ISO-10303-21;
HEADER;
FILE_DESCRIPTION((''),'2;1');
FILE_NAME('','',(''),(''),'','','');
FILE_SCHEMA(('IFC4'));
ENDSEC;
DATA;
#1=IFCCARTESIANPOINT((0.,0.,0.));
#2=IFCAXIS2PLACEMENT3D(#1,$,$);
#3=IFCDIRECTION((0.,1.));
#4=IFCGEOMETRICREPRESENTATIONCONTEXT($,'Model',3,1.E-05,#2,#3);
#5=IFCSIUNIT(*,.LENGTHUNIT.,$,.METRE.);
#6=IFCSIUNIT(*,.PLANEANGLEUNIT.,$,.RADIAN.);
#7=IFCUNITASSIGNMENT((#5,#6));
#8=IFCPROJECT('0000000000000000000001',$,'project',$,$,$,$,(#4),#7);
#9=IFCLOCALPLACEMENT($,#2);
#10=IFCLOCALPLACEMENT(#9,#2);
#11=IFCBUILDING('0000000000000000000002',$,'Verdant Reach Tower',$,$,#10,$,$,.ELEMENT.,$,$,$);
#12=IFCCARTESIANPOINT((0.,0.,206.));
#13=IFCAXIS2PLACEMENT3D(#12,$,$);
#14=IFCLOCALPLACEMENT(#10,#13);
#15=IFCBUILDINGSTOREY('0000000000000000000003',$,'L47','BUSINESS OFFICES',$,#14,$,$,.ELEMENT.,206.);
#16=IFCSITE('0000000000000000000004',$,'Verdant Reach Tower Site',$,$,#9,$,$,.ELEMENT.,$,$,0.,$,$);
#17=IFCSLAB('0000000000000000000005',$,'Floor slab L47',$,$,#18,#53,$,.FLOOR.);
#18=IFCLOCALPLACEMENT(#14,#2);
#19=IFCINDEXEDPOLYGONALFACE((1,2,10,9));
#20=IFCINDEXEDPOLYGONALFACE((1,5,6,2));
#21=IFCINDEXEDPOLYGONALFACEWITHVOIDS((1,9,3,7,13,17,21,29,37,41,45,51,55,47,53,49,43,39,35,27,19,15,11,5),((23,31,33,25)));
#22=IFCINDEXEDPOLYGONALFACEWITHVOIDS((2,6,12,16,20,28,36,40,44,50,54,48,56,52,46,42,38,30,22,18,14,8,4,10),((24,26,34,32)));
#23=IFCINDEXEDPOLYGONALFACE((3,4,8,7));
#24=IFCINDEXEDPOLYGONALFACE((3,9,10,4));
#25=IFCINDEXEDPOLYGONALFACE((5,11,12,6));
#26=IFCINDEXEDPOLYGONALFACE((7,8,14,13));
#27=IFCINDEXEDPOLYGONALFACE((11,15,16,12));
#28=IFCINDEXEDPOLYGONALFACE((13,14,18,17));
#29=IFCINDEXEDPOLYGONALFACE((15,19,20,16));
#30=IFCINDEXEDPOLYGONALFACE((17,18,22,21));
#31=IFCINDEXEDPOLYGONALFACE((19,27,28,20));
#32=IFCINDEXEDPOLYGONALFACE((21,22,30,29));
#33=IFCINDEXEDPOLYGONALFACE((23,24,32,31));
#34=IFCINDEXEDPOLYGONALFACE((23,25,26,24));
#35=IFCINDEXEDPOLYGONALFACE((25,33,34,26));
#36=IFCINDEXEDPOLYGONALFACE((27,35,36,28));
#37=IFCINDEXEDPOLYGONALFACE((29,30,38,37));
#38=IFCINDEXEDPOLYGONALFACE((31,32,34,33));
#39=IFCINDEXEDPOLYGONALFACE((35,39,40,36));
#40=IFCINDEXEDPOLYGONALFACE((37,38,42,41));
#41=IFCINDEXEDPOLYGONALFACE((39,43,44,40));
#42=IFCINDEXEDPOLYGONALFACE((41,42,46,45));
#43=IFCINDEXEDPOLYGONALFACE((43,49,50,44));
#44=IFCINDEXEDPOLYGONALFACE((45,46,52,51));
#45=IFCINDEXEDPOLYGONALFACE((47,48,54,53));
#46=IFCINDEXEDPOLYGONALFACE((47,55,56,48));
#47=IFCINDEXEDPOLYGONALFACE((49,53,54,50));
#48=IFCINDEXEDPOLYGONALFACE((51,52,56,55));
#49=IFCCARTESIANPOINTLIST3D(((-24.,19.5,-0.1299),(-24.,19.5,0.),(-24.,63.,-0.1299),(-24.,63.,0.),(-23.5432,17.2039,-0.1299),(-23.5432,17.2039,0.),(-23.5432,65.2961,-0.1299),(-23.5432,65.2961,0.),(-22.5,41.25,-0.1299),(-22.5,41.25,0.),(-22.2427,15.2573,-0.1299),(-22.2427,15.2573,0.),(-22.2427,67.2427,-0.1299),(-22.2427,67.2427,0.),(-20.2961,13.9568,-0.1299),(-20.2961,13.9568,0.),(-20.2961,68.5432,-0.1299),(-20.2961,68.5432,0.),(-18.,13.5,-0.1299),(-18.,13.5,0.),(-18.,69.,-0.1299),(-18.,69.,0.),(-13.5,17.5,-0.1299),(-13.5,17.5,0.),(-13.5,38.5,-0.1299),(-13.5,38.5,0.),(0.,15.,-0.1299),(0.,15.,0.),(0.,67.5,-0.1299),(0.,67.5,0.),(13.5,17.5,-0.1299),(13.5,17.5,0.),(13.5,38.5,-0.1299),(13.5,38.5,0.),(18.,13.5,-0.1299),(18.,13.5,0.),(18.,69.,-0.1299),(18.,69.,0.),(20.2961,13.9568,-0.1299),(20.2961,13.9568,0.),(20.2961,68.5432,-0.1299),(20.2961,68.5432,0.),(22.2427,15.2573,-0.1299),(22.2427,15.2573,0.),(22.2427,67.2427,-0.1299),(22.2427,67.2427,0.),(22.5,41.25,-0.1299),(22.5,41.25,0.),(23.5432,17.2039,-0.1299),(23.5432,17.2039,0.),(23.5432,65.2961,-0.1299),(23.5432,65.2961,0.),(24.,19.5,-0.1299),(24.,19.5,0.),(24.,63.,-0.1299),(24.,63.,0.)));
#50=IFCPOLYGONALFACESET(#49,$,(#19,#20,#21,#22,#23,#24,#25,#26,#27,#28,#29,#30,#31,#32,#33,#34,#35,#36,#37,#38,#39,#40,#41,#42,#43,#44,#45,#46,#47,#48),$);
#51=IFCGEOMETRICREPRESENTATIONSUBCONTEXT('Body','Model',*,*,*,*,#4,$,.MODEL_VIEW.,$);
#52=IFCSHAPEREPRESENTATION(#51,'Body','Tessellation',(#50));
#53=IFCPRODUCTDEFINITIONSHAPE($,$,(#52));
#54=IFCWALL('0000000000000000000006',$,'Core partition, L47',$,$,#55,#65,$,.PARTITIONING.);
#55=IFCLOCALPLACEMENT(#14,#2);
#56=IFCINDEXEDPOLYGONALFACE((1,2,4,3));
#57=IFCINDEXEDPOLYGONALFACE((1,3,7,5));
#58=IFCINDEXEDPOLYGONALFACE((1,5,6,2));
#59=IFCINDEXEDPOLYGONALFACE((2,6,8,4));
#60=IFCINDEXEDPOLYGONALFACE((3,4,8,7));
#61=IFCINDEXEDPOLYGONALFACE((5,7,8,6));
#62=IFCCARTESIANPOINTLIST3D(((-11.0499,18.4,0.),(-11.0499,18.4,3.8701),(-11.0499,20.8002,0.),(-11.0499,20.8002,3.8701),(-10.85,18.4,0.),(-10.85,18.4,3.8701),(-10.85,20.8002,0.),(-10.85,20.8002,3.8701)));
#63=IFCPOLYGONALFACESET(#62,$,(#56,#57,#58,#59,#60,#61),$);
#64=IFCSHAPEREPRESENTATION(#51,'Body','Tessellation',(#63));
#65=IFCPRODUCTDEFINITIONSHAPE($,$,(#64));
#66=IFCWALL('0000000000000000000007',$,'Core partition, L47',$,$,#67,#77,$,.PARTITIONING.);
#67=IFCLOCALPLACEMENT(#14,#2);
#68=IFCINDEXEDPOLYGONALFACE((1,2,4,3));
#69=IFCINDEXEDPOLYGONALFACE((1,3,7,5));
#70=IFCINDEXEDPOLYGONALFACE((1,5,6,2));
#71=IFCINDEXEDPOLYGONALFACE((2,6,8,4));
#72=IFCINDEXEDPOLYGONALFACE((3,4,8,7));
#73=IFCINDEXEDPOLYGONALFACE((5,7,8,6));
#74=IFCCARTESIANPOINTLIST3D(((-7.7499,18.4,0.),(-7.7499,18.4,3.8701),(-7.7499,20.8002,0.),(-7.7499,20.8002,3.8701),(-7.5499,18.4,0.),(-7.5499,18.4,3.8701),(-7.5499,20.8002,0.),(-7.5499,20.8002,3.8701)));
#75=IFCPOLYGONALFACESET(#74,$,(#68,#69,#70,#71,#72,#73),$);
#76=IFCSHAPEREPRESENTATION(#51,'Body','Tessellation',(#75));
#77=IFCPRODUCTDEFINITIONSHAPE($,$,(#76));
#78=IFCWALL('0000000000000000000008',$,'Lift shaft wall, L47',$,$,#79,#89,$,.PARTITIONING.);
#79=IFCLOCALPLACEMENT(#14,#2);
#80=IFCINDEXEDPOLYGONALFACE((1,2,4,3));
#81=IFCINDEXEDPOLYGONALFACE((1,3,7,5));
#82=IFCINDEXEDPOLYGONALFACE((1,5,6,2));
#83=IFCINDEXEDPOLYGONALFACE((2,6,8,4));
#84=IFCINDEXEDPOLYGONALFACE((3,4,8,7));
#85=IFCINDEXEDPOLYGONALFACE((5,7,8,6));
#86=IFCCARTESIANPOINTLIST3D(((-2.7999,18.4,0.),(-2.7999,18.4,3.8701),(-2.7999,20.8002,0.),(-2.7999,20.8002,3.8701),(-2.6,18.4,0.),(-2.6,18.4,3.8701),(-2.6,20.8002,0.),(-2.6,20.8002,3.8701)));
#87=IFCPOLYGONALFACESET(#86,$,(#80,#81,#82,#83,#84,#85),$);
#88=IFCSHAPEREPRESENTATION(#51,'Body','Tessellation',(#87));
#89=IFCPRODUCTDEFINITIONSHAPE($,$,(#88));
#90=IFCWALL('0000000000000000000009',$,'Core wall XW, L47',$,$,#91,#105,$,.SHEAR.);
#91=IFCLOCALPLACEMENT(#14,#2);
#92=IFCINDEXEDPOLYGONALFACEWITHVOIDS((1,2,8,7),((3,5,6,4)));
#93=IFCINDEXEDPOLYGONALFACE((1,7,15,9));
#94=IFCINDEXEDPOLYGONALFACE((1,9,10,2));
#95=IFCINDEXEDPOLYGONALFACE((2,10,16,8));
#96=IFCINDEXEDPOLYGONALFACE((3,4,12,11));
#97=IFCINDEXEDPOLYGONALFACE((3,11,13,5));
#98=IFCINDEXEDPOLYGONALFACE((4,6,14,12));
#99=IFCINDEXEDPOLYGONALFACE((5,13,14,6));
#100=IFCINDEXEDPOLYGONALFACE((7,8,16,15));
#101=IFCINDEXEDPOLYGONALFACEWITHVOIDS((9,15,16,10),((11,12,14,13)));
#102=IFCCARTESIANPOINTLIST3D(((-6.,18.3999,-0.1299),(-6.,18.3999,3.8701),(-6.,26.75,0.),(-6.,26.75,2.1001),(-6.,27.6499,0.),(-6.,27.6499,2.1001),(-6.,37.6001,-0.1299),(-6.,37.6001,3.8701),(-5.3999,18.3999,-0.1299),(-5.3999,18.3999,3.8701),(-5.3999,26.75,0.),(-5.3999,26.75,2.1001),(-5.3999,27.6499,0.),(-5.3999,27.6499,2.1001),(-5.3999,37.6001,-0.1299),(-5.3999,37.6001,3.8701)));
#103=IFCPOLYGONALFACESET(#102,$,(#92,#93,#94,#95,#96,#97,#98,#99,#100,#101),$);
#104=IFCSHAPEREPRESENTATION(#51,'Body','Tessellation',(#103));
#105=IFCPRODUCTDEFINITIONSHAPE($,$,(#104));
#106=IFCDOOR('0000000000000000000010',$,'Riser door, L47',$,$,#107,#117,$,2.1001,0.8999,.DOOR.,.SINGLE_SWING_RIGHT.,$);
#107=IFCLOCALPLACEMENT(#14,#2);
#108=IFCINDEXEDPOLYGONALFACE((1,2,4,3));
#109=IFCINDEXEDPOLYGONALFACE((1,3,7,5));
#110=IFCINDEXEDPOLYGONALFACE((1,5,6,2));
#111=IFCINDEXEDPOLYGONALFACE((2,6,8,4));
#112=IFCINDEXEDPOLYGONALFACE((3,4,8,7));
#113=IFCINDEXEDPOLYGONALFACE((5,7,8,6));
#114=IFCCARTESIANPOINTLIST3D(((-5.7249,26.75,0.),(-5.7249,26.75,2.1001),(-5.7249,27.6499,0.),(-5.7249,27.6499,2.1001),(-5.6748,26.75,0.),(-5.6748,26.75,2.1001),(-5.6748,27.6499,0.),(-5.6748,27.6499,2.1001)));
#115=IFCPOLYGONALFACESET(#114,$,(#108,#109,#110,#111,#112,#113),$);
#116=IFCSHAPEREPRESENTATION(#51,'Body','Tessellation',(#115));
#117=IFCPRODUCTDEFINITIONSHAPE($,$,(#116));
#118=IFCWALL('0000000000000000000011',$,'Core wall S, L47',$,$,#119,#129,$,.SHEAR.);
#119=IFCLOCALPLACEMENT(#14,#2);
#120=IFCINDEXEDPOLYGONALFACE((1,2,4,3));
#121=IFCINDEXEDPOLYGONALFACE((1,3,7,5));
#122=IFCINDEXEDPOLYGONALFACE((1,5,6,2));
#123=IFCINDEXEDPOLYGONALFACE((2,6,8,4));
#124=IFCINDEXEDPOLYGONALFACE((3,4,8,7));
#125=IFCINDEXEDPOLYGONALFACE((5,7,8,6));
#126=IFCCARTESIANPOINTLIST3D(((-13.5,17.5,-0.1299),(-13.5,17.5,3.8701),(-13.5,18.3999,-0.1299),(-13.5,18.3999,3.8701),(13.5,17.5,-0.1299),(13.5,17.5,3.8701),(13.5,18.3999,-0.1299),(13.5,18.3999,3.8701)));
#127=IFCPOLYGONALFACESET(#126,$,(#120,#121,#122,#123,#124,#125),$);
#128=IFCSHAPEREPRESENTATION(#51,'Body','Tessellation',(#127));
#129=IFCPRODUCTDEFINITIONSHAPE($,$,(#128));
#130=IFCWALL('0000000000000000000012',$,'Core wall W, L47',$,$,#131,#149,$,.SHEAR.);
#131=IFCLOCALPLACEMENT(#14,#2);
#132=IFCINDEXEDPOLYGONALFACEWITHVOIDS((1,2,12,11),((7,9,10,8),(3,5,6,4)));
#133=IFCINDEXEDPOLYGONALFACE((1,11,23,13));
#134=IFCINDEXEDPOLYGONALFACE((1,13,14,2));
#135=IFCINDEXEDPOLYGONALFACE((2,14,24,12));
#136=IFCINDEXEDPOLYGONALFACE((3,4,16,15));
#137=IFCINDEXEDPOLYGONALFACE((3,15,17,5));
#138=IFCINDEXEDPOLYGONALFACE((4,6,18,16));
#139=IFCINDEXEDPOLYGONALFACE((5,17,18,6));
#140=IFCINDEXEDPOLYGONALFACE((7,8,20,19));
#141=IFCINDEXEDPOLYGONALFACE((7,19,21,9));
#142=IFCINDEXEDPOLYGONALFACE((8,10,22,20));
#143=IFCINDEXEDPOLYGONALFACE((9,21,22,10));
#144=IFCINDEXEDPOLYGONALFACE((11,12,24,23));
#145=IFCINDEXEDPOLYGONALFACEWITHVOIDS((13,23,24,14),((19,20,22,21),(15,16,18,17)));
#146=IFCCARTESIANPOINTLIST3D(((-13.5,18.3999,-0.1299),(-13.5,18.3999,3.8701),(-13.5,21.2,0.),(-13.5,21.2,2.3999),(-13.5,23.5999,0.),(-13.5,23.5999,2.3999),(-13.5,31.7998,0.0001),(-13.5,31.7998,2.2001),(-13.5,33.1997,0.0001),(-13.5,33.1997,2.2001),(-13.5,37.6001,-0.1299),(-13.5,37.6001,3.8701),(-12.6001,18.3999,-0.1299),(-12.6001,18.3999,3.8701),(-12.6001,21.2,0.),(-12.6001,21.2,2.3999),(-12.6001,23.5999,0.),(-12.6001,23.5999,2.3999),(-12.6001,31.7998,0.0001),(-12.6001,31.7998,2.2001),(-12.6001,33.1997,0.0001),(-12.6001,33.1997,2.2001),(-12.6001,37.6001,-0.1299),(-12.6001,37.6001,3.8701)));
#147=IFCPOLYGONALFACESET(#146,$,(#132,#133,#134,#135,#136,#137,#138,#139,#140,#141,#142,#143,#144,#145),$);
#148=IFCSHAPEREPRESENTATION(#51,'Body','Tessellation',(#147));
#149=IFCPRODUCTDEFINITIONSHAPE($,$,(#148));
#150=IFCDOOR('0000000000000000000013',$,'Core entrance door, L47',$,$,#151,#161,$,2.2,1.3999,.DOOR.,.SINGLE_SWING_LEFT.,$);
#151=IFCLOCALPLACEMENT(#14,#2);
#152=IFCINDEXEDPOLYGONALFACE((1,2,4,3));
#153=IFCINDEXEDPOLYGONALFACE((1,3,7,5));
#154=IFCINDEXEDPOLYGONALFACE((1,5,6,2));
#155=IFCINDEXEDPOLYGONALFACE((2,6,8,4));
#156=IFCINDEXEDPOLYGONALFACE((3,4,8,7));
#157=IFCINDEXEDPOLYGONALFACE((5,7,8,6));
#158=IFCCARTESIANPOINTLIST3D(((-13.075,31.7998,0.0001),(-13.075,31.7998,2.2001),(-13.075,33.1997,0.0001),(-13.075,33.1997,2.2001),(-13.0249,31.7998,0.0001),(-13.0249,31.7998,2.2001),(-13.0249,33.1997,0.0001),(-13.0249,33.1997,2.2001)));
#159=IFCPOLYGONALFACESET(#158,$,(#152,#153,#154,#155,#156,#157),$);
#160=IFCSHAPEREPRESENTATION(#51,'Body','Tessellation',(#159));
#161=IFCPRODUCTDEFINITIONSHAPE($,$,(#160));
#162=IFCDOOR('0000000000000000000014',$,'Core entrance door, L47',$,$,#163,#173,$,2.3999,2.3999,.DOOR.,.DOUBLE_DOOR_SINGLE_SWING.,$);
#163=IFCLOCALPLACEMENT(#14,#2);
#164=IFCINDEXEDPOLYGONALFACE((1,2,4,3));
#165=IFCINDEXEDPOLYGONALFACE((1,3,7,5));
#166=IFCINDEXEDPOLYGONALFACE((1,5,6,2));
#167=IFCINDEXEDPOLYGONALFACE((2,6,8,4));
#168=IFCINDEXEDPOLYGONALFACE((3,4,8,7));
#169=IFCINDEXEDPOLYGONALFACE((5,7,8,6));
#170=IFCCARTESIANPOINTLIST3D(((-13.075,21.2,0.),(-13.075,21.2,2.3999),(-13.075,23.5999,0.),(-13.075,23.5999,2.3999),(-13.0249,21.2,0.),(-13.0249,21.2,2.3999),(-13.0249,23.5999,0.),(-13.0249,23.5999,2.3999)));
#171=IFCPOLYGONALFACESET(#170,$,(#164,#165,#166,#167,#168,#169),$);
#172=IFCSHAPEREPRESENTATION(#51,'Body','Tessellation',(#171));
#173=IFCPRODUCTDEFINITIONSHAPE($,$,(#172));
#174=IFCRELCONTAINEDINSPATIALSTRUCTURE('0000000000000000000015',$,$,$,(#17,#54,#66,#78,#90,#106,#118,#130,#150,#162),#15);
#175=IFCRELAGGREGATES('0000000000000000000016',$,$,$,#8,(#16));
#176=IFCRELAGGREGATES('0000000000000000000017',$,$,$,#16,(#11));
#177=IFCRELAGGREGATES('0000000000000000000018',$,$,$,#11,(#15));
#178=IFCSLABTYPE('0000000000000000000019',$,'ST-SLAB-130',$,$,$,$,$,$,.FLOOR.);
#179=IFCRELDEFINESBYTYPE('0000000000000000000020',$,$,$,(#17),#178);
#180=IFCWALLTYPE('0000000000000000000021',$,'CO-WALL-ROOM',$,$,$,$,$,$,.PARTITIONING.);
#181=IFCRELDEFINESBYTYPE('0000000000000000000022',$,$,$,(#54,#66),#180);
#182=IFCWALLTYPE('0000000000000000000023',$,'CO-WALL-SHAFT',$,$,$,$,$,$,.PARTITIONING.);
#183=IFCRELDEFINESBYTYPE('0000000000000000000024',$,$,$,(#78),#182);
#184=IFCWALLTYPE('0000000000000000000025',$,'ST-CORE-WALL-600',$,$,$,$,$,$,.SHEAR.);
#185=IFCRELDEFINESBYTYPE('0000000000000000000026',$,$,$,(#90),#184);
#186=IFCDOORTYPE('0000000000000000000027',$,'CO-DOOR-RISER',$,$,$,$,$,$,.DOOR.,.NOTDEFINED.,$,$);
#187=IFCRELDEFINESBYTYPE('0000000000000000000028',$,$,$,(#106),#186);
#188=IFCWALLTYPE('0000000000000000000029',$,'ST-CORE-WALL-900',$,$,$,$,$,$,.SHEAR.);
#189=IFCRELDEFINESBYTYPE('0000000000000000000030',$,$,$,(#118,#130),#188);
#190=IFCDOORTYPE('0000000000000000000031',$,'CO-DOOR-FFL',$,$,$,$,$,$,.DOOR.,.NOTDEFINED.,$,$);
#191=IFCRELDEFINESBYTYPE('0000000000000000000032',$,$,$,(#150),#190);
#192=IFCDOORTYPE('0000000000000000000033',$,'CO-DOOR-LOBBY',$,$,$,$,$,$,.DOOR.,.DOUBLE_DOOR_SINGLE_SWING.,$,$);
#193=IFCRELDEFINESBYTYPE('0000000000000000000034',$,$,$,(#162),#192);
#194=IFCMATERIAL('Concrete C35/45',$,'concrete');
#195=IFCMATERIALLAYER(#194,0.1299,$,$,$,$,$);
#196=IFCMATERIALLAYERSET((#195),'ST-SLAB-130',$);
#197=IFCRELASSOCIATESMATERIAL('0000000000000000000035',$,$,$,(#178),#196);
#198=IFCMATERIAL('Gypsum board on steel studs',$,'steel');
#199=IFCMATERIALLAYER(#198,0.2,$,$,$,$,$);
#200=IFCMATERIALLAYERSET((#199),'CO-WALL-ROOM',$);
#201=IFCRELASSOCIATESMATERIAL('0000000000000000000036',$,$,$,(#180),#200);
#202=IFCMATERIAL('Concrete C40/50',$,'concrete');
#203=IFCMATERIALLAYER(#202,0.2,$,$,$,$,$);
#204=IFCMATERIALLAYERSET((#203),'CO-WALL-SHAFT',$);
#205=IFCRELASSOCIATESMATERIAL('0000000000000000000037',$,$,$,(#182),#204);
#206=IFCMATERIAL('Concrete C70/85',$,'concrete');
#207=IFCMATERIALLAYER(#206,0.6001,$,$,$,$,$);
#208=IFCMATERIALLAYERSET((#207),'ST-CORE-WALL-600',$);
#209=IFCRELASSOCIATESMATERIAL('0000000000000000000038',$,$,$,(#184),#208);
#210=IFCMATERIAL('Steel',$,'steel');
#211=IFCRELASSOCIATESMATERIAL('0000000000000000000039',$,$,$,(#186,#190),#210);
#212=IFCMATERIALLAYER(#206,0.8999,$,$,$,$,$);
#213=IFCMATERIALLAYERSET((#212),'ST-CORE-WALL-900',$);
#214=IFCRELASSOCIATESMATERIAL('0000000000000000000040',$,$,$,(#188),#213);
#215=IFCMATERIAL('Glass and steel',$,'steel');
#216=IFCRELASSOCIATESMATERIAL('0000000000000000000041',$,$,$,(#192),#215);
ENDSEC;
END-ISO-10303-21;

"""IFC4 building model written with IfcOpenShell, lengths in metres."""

from ifc_helpers import new_model, si_unit, direction, frame, frame_2d, origin, place, context, subcontext, project, spatial, polyline, rectangle, outline, extrude, material, layer, layer_set, type_object, element, fill, save


model = new_model("IFC4")

# Units and contexts
model_context = context("Model", 3, precision=1e-05, world=origin(), true_north=direction((0.0, 1.0)))
body_context = subcontext(model_context, "Body", "Model", "MODEL_VIEW")
ifc_project = project(units=[si_unit("LENGTHUNIT", "METRE"), si_unit("PLANEANGLEUNIT", "RADIAN")], contexts=[model_context])

# Site, building, storey
site_placement = place(None, origin())
site = spatial("IfcSite", under=ifc_project, at=site_placement, Name="Verdant Reach Tower Site", CompositionType="ELEMENT", RefElevation=0.0)
building_placement = place(site_placement, origin())
building = spatial("IfcBuilding", under=site, at=building_placement, Name="Verdant Reach Tower", CompositionType="ELEMENT")
storey_placement = place(building_placement, frame((0.0, 0.0, 206.0)))
storey = spatial("IfcBuildingStorey", under=building, at=storey_placement, Name="L47", Description="BUSINESS OFFICES", CompositionType="ELEMENT", Elevation=206.0)

# Slab
ifc_material_1 = material(Name="Concrete C35/45", Category="concrete")
ifc_layer_1 = layer(ifc_material_1, 0.1299)
ifc_layer_set_1 = layer_set([ifc_layer_1], Name="ST-SLAB-130")
slab_type = type_object("IfcSlabType", Name="ST-SLAB-130", PredefinedType="FLOOR", material=ifc_layer_set_1)
slab_placement = place(storey_placement, frame((0.0, 0.0, -0.1299)))
element("IfcSlab", 1, at=slab_placement, inside=storey, type_object=slab_type, Name="Floor slab L47", PredefinedType="FLOOR", context=body_context, shape_type="SweptSolid", body=[
    extrude(outline(polyline([(0.0, 15.0), (-18.0, 13.5), (-20.2961, 13.9568), (-22.2427, 15.2573), (-23.5432, 17.2039), (-24.0, 19.5), (-22.5, 41.25), (-24.0, 63.0), (-23.5432, 65.2961), (-22.2427, 67.2427), (-20.2961, 68.5432), (-18.0, 69.0), (0.0, 67.5), (18.0, 69.0), (20.2961, 68.5432), (22.2427, 67.2427), (23.5432, 65.2961), (24.0, 63.0), (22.5, 41.25), (24.0, 19.5), (23.5432, 17.2039), (22.2427, 15.2573), (20.2961, 13.9568), (18.0, 13.5), (0.0, 15.0)]), holes=[polyline([(13.5, 38.5), (-13.5, 38.5), (-13.5, 17.5), (13.5, 17.5), (13.5, 38.5)])]), origin(), (0.0, 0.0, 1.0), 0.1299),
])

# Walls
ifc_material_2 = material(Name="Gypsum board on steel studs", Category="steel")
ifc_layer_2 = layer(ifc_material_2, 0.2)
ifc_layer_set_2 = layer_set([ifc_layer_2], Name="CO-WALL-ROOM")
wall_type_1 = type_object("IfcWallType", Name="CO-WALL-ROOM", PredefinedType="PARTITIONING", material=ifc_layer_set_2)
for number, where, z_axis, x_axis, name in (
    (2, (-10.95, 18.3999, 0.0), (0.0, 0.0, 1.0), (0.0, 1.0, 0.0), "Core partition, L47"),
    (3, (-7.6499, 18.3999, 0.0), (0.0, 0.0, 1.0), (0.0, 1.0, 0.0), "Core partition, L47"),
):
    element("IfcWall", number, at=place(storey_placement, frame(where, z_axis=z_axis, x_axis=x_axis)), inside=storey, type_object=wall_type_1, Name=name, PredefinedType="PARTITIONING", context=body_context, shape_type="SweptSolid", body=[
        extrude(rectangle(XDim=2.4001, YDim=0.2, at=frame_2d((1.2002, 0.0))), origin(), (0.0, 0.0, 1.0), 3.8701),
    ])
ifc_material_3 = material(Name="Concrete C40/50", Category="concrete")
ifc_layer_3 = layer(ifc_material_3, 0.2)
ifc_layer_set_3 = layer_set([ifc_layer_3], Name="CO-WALL-SHAFT")
wall_type_2 = type_object("IfcWallType", Name="CO-WALL-SHAFT", PredefinedType="PARTITIONING", material=ifc_layer_set_3)
wall_1_placement = place(storey_placement, frame((-2.7, 18.3999, 0.0), z_axis=(0.0, 0.0, 1.0), x_axis=(0.0, 1.0, 0.0)))
element("IfcWall", 4, at=wall_1_placement, inside=storey, type_object=wall_type_2, Name="Lift shaft wall, L47", PredefinedType="PARTITIONING", context=body_context, shape_type="SweptSolid", body=[
    extrude(rectangle(XDim=2.4001, YDim=0.2, at=frame_2d((1.2002, 0.0))), origin(), (0.0, 0.0, 1.0), 3.8701),
])

# Wall, opening, door
ifc_material_4 = material(Name="Concrete C70/85", Category="concrete")
ifc_layer_4 = layer(ifc_material_4, 0.6001)
ifc_layer_set_4 = layer_set([ifc_layer_4], Name="ST-CORE-WALL-600")
wall_type_3 = type_object("IfcWallType", Name="ST-CORE-WALL-600", PredefinedType="SHEAR", material=ifc_layer_set_4)
wall_2_placement = place(storey_placement, frame((-5.7, 18.3999, -0.1299), z_axis=(0.0, 0.0, 1.0), x_axis=(0.0, 1.0, 0.0)))
wall_2 = element("IfcWall", 5, at=wall_2_placement, inside=storey, type_object=wall_type_3, Name="Core wall XW, L47", PredefinedType="SHEAR", context=body_context, shape_type="SweptSolid", body=[
    extrude(rectangle(XDim=19.2002, YDim=0.6001, at=frame_2d((9.6001, 0.0))), origin(), (0.0, 0.0, 1.0), 4.0),
])
opening_1_placement = place(wall_2_placement, frame((8.3501, 0.0, 0.1299)))
opening_1 = element("IfcOpeningElement", 6, at=opening_1_placement, cuts=wall_2, PredefinedType="OPENING", context=body_context, shape_type="SweptSolid", body=[
    extrude(rectangle(XDim=0.8999, YDim=2.1001, at=frame_2d((0.45, 1.05))), frame((0.0, 0.3101, 0.0), z_axis=(0.0, -1.0, 0.0), x_axis=(1.0, 0.0, 0.0)), (0.0, 0.0, 1.0), 0.6201),
])
ifc_material_5 = material(Name="Steel", Category="steel")
door_type_1 = type_object("IfcDoorType", Name="CO-DOOR-RISER", OperationType="NOTDEFINED", PredefinedType="DOOR", material=ifc_material_5)
door_1_placement = place(opening_1_placement, origin())
door_1 = element("IfcDoor", 7, at=door_1_placement, inside=storey, type_object=door_type_1, Name="Riser door, L47", OperationType="SINGLE_SWING_RIGHT", OverallHeight=2.1001, OverallWidth=0.8999, PredefinedType="DOOR", context=body_context, shape_type="SweptSolid", body=[
    extrude(rectangle(XDim=0.8999, YDim=2.1001, at=frame_2d((0.45, 1.05))), frame((0.0, 0.0249, 0.0), z_axis=(0.0, -1.0, 0.0), x_axis=(1.0, 0.0, 0.0)), (0.0, 0.0, 1.0), 0.05),
])
fill(opening_1, door_1)

# Wall
ifc_layer_5 = layer(ifc_material_4, 0.8999)
ifc_layer_set_5 = layer_set([ifc_layer_5], Name="ST-CORE-WALL-900")
wall_type_4 = type_object("IfcWallType", Name="ST-CORE-WALL-900", PredefinedType="SHEAR", material=ifc_layer_set_5)
wall_3_placement = place(storey_placement, frame((-13.5, 17.95, -0.1299), z_axis=(0.0, 0.0, 1.0), x_axis=(1.0, 0.0, 0.0)))
element("IfcWall", 8, at=wall_3_placement, inside=storey, type_object=wall_type_4, Name="Core wall S, L47", PredefinedType="SHEAR", context=body_context, shape_type="SweptSolid", body=[
    extrude(rectangle(XDim=27.0, YDim=0.8999, at=frame_2d((13.5, 0.0))), origin(), (0.0, 0.0, 1.0), 4.0),
])

# Wall, openings, doors
wall_4_placement = place(storey_placement, frame((-13.05, 18.3999, -0.1299), z_axis=(0.0, 0.0, 1.0), x_axis=(0.0, 1.0, 0.0)))
wall_4 = element("IfcWall", 9, at=wall_4_placement, inside=storey, type_object=wall_type_4, Name="Core wall W, L47", PredefinedType="SHEAR", context=body_context, shape_type="SweptSolid", body=[
    extrude(rectangle(XDim=19.2002, YDim=0.8999, at=frame_2d((9.6001, 0.0))), origin(), (0.0, 0.0, 1.0), 4.0),
])
opening_2_placement = place(wall_4_placement, frame((2.8, 0.0, 0.1299)))
opening_2 = element("IfcOpeningElement", 10, at=opening_2_placement, cuts=wall_4, PredefinedType="OPENING", context=body_context, shape_type="SweptSolid", body=[
    extrude(rectangle(XDim=2.3999, YDim=2.3999, at=frame_2d((1.2, 1.2))), frame((0.0, 0.46, 0.0), z_axis=(0.0, -1.0, 0.0), x_axis=(1.0, 0.0, 0.0)), (0.0, 0.0, 1.0), 0.9199),
])
opening_3_placement = place(wall_4_placement, frame((13.3999, 0.0, 0.1299)))
opening_3 = element("IfcOpeningElement", 11, at=opening_3_placement, cuts=wall_4, PredefinedType="OPENING", context=body_context, shape_type="SweptSolid", body=[
    extrude(rectangle(XDim=1.3999, YDim=2.2, at=frame_2d((0.7, 1.1001))), frame((0.0, 0.46, 0.0), z_axis=(0.0, -1.0, 0.0), x_axis=(1.0, 0.0, 0.0)), (0.0, 0.0, 1.0), 0.9199),
])
door_type_2 = type_object("IfcDoorType", Name="CO-DOOR-FFL", OperationType="NOTDEFINED", PredefinedType="DOOR", material=ifc_material_5)
door_2_placement = place(opening_3_placement, origin())
door_2 = element("IfcDoor", 12, at=door_2_placement, inside=storey, type_object=door_type_2, Name="Core entrance door, L47", OperationType="SINGLE_SWING_LEFT", OverallHeight=2.2, OverallWidth=1.3999, PredefinedType="DOOR", context=body_context, shape_type="SweptSolid", body=[
    extrude(rectangle(XDim=1.3999, YDim=2.2, at=frame_2d((0.7, 1.1001))), frame((0.0, 0.0249, 0.0), z_axis=(0.0, -1.0, 0.0), x_axis=(1.0, 0.0, 0.0)), (0.0, 0.0, 1.0), 0.05),
])
fill(opening_3, door_2)
ifc_material_6 = material(Name="Glass and steel", Category="steel")
door_type_3 = type_object("IfcDoorType", Name="CO-DOOR-LOBBY", OperationType="DOUBLE_DOOR_SINGLE_SWING", PredefinedType="DOOR", material=ifc_material_6)
door_3_placement = place(opening_2_placement, origin())
door_3 = element("IfcDoor", 13, at=door_3_placement, inside=storey, type_object=door_type_3, Name="Core entrance door, L47", OperationType="DOUBLE_DOOR_SINGLE_SWING", OverallHeight=2.3999, OverallWidth=2.3999, PredefinedType="DOOR", context=body_context, shape_type="SweptSolid", body=[
    extrude(rectangle(XDim=2.3999, YDim=2.3999, at=frame_2d((1.2, 1.2))), frame((0.0, 0.0249, 0.0), z_axis=(0.0, -1.0, 0.0), x_axis=(1.0, 0.0, 0.0)), (0.0, 0.0, 1.0), 0.05),
])
fill(opening_2, door_3)

save(model, "model.ifc")
